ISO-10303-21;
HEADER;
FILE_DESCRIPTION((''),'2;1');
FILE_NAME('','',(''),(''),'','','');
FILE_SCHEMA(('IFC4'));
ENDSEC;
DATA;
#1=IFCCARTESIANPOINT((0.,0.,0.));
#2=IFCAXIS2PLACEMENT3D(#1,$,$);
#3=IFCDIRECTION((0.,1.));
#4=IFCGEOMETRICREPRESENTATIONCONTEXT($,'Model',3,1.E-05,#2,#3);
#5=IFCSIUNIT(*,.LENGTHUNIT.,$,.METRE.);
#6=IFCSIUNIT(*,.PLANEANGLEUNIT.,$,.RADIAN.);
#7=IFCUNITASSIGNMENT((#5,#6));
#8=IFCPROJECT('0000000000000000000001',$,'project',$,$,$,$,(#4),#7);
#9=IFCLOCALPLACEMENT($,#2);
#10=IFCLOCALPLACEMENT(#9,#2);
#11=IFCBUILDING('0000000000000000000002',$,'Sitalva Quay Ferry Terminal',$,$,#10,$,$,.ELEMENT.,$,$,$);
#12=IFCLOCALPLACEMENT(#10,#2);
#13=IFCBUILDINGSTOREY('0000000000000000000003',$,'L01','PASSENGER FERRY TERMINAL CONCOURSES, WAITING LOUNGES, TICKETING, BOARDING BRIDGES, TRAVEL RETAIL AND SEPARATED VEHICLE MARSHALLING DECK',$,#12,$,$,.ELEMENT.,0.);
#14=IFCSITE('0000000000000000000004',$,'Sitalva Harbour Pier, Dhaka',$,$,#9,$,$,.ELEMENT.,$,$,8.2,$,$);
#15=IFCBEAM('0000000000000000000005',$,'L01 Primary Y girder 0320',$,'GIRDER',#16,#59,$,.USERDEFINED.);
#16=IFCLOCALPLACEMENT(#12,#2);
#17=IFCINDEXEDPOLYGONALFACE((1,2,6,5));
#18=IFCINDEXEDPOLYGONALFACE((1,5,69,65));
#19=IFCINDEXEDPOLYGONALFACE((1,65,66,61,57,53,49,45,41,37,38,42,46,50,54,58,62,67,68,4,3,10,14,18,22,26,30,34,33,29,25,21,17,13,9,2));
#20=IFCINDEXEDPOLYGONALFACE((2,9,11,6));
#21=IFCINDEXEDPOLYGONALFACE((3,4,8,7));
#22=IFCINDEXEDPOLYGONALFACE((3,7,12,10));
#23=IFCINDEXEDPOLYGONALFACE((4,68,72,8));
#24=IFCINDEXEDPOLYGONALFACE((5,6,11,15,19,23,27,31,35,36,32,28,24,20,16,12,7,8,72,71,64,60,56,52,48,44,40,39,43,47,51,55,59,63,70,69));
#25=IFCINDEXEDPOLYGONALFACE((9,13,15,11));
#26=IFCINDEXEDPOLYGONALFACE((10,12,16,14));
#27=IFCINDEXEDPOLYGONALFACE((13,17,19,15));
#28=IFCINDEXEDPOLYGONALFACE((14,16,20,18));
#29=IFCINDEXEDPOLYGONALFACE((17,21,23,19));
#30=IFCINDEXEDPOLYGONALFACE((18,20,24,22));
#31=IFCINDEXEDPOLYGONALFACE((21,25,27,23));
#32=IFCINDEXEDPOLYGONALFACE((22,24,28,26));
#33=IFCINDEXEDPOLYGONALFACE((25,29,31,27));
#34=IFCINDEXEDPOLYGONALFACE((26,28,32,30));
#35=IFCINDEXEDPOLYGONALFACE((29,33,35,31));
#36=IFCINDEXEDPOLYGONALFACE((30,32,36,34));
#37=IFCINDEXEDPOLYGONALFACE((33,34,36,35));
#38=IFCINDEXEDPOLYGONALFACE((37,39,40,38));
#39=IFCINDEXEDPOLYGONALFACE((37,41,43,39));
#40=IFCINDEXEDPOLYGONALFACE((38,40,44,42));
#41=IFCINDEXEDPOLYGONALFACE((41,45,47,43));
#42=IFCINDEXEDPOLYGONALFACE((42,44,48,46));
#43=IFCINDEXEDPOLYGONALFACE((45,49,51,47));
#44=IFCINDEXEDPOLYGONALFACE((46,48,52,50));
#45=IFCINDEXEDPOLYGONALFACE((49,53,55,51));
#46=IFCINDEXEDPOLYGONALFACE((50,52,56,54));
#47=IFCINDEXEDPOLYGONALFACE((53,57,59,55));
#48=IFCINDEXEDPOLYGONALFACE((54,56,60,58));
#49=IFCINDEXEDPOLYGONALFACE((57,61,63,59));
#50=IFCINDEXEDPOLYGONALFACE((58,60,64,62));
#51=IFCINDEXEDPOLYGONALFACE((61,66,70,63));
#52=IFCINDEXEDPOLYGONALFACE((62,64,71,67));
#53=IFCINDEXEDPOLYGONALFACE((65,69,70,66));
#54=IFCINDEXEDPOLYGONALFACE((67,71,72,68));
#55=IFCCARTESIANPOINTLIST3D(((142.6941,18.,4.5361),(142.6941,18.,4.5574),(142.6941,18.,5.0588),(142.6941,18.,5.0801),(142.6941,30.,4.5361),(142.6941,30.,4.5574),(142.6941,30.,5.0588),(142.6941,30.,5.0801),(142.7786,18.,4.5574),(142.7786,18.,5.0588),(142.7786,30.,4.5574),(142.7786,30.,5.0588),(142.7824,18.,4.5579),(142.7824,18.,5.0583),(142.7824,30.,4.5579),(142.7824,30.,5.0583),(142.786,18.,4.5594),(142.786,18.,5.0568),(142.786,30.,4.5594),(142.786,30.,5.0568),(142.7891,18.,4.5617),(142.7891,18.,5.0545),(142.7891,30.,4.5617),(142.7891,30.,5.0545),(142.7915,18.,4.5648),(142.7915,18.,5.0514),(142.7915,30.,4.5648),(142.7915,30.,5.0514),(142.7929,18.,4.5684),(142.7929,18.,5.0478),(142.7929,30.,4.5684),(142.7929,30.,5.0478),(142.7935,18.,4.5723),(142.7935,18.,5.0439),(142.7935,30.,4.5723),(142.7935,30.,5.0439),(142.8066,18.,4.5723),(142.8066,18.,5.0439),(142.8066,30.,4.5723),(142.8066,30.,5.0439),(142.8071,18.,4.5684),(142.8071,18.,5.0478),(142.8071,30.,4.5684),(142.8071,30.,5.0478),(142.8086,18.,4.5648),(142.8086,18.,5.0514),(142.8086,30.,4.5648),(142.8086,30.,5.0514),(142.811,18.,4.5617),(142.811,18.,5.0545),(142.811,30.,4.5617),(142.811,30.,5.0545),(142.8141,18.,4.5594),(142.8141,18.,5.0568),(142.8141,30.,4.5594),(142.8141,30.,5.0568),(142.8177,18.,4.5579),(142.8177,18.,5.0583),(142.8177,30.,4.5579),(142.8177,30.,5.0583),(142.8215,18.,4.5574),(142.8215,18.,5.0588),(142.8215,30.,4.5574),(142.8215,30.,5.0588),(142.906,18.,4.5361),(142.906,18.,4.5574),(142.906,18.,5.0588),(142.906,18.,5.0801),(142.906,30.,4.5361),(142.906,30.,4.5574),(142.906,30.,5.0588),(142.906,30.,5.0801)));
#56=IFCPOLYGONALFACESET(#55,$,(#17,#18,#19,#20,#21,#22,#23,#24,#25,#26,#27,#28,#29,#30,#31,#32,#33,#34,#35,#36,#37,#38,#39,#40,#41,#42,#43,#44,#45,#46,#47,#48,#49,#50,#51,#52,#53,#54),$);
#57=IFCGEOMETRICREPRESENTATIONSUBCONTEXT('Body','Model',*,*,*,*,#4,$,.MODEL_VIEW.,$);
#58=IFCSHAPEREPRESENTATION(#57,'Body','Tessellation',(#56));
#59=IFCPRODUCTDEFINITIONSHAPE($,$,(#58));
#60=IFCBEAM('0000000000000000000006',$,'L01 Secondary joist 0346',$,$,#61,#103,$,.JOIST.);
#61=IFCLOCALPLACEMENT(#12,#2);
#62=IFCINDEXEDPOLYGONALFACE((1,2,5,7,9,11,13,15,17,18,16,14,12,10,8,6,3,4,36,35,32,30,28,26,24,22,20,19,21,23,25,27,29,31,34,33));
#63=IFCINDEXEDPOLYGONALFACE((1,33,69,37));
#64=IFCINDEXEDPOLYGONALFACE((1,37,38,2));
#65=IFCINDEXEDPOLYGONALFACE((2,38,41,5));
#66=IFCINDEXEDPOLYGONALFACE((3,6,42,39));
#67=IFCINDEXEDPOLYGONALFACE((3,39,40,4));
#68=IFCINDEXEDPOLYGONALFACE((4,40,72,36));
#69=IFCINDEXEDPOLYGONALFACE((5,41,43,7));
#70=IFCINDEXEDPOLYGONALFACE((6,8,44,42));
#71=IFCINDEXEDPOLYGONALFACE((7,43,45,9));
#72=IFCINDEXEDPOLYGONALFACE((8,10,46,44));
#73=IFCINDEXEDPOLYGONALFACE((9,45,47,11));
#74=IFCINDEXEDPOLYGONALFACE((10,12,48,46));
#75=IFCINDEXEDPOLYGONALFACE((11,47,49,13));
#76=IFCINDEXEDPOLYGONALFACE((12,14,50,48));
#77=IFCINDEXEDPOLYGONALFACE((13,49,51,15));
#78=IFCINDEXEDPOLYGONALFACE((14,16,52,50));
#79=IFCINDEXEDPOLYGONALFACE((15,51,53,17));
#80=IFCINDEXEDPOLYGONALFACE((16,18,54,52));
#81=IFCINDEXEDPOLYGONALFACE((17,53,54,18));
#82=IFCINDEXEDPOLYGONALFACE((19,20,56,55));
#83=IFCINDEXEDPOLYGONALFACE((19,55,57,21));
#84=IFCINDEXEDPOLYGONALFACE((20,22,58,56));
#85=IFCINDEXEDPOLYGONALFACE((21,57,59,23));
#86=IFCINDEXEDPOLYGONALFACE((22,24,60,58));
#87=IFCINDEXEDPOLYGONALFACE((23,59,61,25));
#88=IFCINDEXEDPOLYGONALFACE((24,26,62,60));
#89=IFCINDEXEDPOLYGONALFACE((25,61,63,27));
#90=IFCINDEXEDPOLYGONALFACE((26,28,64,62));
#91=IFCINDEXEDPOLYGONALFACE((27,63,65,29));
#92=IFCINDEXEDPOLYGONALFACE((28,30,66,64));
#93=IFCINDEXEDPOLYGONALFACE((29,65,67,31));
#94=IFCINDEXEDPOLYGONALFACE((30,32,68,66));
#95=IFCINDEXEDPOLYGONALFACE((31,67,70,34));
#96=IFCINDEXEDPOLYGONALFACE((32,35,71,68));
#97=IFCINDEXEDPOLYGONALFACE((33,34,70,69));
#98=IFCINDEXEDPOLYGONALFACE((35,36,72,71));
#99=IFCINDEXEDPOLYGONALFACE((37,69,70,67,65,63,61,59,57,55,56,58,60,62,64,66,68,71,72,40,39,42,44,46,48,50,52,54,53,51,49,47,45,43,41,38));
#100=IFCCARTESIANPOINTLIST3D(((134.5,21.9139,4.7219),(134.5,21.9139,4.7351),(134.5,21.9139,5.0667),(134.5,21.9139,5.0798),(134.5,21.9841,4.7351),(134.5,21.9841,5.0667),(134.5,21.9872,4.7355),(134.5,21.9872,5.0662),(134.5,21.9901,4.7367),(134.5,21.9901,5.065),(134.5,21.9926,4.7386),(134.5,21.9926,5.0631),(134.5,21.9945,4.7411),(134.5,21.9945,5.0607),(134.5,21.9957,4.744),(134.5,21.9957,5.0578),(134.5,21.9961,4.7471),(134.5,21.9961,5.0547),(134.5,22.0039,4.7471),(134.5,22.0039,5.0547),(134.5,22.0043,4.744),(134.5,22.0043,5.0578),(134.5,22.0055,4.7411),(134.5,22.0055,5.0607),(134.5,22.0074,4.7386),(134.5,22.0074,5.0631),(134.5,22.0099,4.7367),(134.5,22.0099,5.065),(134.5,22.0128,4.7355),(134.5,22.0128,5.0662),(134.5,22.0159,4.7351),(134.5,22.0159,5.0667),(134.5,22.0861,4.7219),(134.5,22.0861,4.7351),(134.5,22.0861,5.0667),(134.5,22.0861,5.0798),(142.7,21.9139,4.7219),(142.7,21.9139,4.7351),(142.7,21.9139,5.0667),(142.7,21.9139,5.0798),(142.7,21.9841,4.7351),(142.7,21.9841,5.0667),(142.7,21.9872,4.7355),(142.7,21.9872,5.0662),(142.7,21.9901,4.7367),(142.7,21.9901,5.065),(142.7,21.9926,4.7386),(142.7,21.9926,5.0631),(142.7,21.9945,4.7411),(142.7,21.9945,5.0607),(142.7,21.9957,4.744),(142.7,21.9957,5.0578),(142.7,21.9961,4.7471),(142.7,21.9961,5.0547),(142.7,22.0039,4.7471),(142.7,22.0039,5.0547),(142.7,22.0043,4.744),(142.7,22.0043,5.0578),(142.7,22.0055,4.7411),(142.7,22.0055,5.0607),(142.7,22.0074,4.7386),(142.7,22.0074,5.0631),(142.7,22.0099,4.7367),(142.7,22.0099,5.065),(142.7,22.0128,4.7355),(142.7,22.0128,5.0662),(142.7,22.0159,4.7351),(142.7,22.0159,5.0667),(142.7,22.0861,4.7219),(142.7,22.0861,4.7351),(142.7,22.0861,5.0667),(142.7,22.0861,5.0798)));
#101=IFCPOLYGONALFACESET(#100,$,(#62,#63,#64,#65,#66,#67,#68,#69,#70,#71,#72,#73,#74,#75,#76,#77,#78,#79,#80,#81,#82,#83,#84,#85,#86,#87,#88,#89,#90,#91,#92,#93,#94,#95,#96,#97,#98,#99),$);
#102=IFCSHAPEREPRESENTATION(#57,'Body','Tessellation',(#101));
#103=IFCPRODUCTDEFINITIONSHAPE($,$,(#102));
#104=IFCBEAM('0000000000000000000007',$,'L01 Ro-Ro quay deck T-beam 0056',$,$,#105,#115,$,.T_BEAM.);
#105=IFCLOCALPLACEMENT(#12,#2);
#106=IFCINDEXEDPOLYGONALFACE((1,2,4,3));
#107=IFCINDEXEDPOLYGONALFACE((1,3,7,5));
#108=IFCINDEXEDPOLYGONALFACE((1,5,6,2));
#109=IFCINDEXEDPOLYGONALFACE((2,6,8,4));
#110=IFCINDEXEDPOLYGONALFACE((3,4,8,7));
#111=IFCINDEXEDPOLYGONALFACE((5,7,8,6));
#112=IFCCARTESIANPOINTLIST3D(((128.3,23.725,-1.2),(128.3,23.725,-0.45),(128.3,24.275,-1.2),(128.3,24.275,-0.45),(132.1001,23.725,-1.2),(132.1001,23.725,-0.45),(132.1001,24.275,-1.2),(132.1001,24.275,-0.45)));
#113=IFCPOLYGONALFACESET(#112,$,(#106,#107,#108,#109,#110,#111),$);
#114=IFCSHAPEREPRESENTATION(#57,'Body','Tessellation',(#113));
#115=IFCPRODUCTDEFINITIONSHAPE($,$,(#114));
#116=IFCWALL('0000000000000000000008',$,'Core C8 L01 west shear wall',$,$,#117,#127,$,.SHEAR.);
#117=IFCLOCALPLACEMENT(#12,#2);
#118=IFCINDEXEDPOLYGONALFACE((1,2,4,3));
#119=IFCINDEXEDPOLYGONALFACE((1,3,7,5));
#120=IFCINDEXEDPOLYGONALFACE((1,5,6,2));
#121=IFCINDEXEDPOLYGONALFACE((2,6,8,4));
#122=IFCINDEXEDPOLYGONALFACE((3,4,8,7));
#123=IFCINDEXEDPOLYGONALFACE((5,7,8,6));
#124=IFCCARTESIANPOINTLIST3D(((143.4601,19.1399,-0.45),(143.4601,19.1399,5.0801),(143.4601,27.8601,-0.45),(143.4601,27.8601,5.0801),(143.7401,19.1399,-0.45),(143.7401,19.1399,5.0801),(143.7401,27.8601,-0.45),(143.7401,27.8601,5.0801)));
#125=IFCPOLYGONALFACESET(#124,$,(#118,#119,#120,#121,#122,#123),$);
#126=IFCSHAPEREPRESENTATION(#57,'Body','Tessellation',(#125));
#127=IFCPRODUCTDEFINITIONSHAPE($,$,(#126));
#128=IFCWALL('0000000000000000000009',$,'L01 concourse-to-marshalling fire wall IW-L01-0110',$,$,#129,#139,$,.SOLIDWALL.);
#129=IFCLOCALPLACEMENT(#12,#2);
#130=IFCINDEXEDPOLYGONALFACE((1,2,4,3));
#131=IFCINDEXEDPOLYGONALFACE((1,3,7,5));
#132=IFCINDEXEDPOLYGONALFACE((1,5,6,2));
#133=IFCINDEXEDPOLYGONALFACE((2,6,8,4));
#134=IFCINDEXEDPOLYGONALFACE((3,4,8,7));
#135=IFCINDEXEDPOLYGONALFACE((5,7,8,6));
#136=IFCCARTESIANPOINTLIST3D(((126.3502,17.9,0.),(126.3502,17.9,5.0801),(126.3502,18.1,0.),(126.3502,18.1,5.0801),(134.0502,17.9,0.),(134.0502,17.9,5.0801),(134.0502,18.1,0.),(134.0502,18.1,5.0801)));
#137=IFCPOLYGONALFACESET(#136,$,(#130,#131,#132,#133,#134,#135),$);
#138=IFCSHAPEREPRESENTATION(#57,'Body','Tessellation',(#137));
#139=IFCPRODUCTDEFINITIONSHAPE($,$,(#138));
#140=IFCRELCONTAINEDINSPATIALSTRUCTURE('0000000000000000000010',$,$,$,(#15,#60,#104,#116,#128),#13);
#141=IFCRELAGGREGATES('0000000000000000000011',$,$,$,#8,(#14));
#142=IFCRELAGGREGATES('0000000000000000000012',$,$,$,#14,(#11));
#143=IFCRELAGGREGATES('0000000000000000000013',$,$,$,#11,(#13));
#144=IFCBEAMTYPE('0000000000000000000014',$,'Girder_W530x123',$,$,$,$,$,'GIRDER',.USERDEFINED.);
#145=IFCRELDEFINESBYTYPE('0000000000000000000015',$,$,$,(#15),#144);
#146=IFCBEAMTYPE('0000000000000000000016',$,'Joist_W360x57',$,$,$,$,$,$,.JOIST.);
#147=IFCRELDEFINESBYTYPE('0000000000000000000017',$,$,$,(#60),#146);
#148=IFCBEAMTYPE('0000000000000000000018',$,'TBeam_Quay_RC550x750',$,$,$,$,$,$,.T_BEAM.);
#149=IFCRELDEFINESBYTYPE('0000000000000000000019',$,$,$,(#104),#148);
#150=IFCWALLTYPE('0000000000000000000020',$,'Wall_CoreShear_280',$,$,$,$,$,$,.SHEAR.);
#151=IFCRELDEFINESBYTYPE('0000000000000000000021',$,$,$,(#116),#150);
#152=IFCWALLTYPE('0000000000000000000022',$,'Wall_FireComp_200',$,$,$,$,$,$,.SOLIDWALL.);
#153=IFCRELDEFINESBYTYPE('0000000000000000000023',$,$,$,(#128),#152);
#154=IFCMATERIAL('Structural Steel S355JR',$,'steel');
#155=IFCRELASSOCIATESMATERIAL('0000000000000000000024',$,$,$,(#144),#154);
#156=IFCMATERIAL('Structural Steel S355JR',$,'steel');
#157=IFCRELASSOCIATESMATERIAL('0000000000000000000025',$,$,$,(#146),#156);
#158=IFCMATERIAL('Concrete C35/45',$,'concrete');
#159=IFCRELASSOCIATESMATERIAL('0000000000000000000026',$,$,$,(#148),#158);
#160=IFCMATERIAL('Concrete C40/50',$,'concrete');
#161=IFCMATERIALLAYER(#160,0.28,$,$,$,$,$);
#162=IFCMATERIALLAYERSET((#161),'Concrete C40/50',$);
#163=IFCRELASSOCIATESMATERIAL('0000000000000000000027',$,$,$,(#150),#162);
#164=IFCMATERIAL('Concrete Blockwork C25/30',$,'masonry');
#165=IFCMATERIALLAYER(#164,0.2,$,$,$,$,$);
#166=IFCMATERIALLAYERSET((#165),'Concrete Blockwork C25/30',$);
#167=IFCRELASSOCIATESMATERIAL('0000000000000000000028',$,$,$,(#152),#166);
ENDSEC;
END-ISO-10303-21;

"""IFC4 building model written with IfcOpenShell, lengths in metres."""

from ifc_helpers import new_model, si_unit, direction, frame, frame_2d, origin, origin_2d, place, context, subcontext, project, spatial, rectangle, i_section, extrude, material, layer, layer_set, material_profile, profile_set, type_object, element, save


model = new_model("IFC4")

# Units and contexts
model_context = context("Model", 3, precision=1e-05, world=origin(), true_north=direction((0.0, 1.0)))
body_context = subcontext(model_context, "Body", "Model", "MODEL_VIEW")
ifc_project = project(units=[si_unit("LENGTHUNIT", "METRE"), si_unit("PLANEANGLEUNIT", "RADIAN")], contexts=[model_context])

# Site, building, storey
site_placement = place(None, origin())
site = spatial("IfcSite", under=ifc_project, at=site_placement, Name="Sitalva Harbour Pier, Dhaka", CompositionType="ELEMENT", RefElevation=8.2)
building_placement = place(site_placement, origin())
building = spatial("IfcBuilding", under=site, at=building_placement, Name="Sitalva Quay Ferry Terminal", CompositionType="ELEMENT")
storey_placement = place(building_placement, origin())
storey = spatial("IfcBuildingStorey", under=building, at=storey_placement, Name="L01", Description="PASSENGER FERRY TERMINAL CONCOURSES, WAITING LOUNGES, TICKETING, BOARDING BRIDGES, TRAVEL RETAIL AND SEPARATED VEHICLE MARSHALLING DECK", CompositionType="ELEMENT", Elevation=0.0)

# Beams
ifc_material_1 = material(Name="Structural Steel S355JR", Category="steel")
ifc_material_profile_1 = material_profile(ifc_material_1, i_section(OverallWidth=0.2119, OverallDepth=0.5439, WebThickness=0.0132, FlangeThickness=0.0212, FilletRadius=0.0149, at=origin_2d()), Name="W530x123")
ifc_profile_set_1 = profile_set([ifc_material_profile_1], Name="Structural Steel S355JR")
beam_type_1 = type_object("IfcBeamType", Name="Girder_W530x123", ElementType="GIRDER", PredefinedType="USERDEFINED", material=ifc_profile_set_1)
for number, where, z_axis, x_axis, name in (
    (1, (142.8, 18.0, 4.8081), (0.0, 1.0, 0.0), (-1.0, 0.0, 0.0), "L01 Primary Y girder 0320"),
):
    element("IfcBeam", number, at=place(storey_placement, frame(where, z_axis=z_axis, x_axis=x_axis)), inside=storey, type_object=beam_type_1, Name=name, ObjectType="GIRDER", PredefinedType="USERDEFINED", context=body_context, shape_type="SweptSolid", body=[
        extrude(i_section(OverallWidth=0.2119, OverallDepth=0.5439, WebThickness=0.0132, FlangeThickness=0.0212, FilletRadius=0.0149, at=origin_2d()), origin(), (0.0, 0.0, 1.0), 12.0),
    ])
ifc_material_2 = material(Name="Structural Steel S355JR", Category="steel")
ifc_material_profile_2 = material_profile(ifc_material_2, i_section(OverallWidth=0.1721, OverallDepth=0.3579, WebThickness=0.0078, FlangeThickness=0.0132, FilletRadius=0.012, at=origin_2d()), Name="W360x57")
ifc_profile_set_2 = profile_set([ifc_material_profile_2], Name="Structural Steel S355JR")
beam_type_2 = type_object("IfcBeamType", Name="Joist_W360x57", PredefinedType="JOIST", material=ifc_profile_set_2)
beam_1_placement = place(storey_placement, frame((134.5, 22.0, 4.9009), z_axis=(1.0, 0.0, 0.0), x_axis=(0.0, 1.0, 0.0)))
element("IfcBeam", 2, at=beam_1_placement, inside=storey, type_object=beam_type_2, Name="L01 Secondary joist 0346", PredefinedType="JOIST", context=body_context, shape_type="SweptSolid", body=[
    extrude(i_section(OverallWidth=0.1721, OverallDepth=0.3579, WebThickness=0.0078, FlangeThickness=0.0132, FilletRadius=0.012, at=origin_2d()), origin(), (0.0, 0.0, 1.0), 8.2),
])
ifc_material_3 = material(Name="Concrete C35/45", Category="concrete")
ifc_material_profile_3 = material_profile(ifc_material_3, rectangle(XDim=0.55, YDim=0.75, at=origin_2d()), Name="RC550x750")
ifc_profile_set_3 = profile_set([ifc_material_profile_3], Name="Concrete C35/45")
beam_type_3 = type_object("IfcBeamType", Name="TBeam_Quay_RC550x750", PredefinedType="T_BEAM", material=ifc_profile_set_3)
beam_2_placement = place(storey_placement, frame((128.3, 24.0, -0.825), z_axis=(1.0, 0.0, 0.0), x_axis=(0.0, 1.0, 0.0)))
element("IfcBeam", 3, at=beam_2_placement, inside=storey, type_object=beam_type_3, Name="L01 Ro-Ro quay deck T-beam 0056", PredefinedType="T_BEAM", context=body_context, shape_type="SweptSolid", body=[
    extrude(rectangle(XDim=0.55, YDim=0.75, at=origin_2d()), origin(), (0.0, 0.0, 1.0), 3.8),
])

# Walls
ifc_material_4 = material(Name="Concrete C40/50", Category="concrete")
ifc_layer_1 = layer(ifc_material_4, 0.28)
ifc_layer_set_1 = layer_set([ifc_layer_1], Name="Concrete C40/50")
wall_type_1 = type_object("IfcWallType", Name="Wall_CoreShear_280", PredefinedType="SHEAR", material=ifc_layer_set_1)
wall_1_placement = place(storey_placement, frame((143.6001, 19.1399, -0.45), z_axis=(0.0, 0.0, 1.0), x_axis=(0.0, 1.0, 0.0)))
element("IfcWall", 4, at=wall_1_placement, inside=storey, type_object=wall_type_1, Name="Core C8 L01 west shear wall", PredefinedType="SHEAR", context=body_context, shape_type="SweptSolid", body=[
    extrude(rectangle(XDim=8.7202, YDim=0.28, at=frame_2d((4.3601, 0.0))), origin(), (0.0, 0.0, 1.0), 5.53),
])
ifc_material_5 = material(Name="Concrete Blockwork C25/30", Category="masonry")
ifc_layer_2 = layer(ifc_material_5, 0.2)
ifc_layer_set_2 = layer_set([ifc_layer_2], Name="Concrete Blockwork C25/30")
wall_type_2 = type_object("IfcWallType", Name="Wall_FireComp_200", PredefinedType="SOLIDWALL", material=ifc_layer_set_2)
wall_2_placement = place(storey_placement, frame((126.3501, 18.0, 0.0), z_axis=(0.0, 0.0, 1.0), x_axis=(1.0, 0.0, 0.0)))
element("IfcWall", 5, at=wall_2_placement, inside=storey, type_object=wall_type_2, Name="L01 concourse-to-marshalling fire wall IW-L01-0110", PredefinedType="SOLIDWALL", context=body_context, shape_type="SweptSolid", body=[
    extrude(rectangle(XDim=7.7, YDim=0.2, at=frame_2d((3.8501, 0.0))), origin(), (0.0, 0.0, 1.0), 5.0801),
])

save(model, "model.ifc")
